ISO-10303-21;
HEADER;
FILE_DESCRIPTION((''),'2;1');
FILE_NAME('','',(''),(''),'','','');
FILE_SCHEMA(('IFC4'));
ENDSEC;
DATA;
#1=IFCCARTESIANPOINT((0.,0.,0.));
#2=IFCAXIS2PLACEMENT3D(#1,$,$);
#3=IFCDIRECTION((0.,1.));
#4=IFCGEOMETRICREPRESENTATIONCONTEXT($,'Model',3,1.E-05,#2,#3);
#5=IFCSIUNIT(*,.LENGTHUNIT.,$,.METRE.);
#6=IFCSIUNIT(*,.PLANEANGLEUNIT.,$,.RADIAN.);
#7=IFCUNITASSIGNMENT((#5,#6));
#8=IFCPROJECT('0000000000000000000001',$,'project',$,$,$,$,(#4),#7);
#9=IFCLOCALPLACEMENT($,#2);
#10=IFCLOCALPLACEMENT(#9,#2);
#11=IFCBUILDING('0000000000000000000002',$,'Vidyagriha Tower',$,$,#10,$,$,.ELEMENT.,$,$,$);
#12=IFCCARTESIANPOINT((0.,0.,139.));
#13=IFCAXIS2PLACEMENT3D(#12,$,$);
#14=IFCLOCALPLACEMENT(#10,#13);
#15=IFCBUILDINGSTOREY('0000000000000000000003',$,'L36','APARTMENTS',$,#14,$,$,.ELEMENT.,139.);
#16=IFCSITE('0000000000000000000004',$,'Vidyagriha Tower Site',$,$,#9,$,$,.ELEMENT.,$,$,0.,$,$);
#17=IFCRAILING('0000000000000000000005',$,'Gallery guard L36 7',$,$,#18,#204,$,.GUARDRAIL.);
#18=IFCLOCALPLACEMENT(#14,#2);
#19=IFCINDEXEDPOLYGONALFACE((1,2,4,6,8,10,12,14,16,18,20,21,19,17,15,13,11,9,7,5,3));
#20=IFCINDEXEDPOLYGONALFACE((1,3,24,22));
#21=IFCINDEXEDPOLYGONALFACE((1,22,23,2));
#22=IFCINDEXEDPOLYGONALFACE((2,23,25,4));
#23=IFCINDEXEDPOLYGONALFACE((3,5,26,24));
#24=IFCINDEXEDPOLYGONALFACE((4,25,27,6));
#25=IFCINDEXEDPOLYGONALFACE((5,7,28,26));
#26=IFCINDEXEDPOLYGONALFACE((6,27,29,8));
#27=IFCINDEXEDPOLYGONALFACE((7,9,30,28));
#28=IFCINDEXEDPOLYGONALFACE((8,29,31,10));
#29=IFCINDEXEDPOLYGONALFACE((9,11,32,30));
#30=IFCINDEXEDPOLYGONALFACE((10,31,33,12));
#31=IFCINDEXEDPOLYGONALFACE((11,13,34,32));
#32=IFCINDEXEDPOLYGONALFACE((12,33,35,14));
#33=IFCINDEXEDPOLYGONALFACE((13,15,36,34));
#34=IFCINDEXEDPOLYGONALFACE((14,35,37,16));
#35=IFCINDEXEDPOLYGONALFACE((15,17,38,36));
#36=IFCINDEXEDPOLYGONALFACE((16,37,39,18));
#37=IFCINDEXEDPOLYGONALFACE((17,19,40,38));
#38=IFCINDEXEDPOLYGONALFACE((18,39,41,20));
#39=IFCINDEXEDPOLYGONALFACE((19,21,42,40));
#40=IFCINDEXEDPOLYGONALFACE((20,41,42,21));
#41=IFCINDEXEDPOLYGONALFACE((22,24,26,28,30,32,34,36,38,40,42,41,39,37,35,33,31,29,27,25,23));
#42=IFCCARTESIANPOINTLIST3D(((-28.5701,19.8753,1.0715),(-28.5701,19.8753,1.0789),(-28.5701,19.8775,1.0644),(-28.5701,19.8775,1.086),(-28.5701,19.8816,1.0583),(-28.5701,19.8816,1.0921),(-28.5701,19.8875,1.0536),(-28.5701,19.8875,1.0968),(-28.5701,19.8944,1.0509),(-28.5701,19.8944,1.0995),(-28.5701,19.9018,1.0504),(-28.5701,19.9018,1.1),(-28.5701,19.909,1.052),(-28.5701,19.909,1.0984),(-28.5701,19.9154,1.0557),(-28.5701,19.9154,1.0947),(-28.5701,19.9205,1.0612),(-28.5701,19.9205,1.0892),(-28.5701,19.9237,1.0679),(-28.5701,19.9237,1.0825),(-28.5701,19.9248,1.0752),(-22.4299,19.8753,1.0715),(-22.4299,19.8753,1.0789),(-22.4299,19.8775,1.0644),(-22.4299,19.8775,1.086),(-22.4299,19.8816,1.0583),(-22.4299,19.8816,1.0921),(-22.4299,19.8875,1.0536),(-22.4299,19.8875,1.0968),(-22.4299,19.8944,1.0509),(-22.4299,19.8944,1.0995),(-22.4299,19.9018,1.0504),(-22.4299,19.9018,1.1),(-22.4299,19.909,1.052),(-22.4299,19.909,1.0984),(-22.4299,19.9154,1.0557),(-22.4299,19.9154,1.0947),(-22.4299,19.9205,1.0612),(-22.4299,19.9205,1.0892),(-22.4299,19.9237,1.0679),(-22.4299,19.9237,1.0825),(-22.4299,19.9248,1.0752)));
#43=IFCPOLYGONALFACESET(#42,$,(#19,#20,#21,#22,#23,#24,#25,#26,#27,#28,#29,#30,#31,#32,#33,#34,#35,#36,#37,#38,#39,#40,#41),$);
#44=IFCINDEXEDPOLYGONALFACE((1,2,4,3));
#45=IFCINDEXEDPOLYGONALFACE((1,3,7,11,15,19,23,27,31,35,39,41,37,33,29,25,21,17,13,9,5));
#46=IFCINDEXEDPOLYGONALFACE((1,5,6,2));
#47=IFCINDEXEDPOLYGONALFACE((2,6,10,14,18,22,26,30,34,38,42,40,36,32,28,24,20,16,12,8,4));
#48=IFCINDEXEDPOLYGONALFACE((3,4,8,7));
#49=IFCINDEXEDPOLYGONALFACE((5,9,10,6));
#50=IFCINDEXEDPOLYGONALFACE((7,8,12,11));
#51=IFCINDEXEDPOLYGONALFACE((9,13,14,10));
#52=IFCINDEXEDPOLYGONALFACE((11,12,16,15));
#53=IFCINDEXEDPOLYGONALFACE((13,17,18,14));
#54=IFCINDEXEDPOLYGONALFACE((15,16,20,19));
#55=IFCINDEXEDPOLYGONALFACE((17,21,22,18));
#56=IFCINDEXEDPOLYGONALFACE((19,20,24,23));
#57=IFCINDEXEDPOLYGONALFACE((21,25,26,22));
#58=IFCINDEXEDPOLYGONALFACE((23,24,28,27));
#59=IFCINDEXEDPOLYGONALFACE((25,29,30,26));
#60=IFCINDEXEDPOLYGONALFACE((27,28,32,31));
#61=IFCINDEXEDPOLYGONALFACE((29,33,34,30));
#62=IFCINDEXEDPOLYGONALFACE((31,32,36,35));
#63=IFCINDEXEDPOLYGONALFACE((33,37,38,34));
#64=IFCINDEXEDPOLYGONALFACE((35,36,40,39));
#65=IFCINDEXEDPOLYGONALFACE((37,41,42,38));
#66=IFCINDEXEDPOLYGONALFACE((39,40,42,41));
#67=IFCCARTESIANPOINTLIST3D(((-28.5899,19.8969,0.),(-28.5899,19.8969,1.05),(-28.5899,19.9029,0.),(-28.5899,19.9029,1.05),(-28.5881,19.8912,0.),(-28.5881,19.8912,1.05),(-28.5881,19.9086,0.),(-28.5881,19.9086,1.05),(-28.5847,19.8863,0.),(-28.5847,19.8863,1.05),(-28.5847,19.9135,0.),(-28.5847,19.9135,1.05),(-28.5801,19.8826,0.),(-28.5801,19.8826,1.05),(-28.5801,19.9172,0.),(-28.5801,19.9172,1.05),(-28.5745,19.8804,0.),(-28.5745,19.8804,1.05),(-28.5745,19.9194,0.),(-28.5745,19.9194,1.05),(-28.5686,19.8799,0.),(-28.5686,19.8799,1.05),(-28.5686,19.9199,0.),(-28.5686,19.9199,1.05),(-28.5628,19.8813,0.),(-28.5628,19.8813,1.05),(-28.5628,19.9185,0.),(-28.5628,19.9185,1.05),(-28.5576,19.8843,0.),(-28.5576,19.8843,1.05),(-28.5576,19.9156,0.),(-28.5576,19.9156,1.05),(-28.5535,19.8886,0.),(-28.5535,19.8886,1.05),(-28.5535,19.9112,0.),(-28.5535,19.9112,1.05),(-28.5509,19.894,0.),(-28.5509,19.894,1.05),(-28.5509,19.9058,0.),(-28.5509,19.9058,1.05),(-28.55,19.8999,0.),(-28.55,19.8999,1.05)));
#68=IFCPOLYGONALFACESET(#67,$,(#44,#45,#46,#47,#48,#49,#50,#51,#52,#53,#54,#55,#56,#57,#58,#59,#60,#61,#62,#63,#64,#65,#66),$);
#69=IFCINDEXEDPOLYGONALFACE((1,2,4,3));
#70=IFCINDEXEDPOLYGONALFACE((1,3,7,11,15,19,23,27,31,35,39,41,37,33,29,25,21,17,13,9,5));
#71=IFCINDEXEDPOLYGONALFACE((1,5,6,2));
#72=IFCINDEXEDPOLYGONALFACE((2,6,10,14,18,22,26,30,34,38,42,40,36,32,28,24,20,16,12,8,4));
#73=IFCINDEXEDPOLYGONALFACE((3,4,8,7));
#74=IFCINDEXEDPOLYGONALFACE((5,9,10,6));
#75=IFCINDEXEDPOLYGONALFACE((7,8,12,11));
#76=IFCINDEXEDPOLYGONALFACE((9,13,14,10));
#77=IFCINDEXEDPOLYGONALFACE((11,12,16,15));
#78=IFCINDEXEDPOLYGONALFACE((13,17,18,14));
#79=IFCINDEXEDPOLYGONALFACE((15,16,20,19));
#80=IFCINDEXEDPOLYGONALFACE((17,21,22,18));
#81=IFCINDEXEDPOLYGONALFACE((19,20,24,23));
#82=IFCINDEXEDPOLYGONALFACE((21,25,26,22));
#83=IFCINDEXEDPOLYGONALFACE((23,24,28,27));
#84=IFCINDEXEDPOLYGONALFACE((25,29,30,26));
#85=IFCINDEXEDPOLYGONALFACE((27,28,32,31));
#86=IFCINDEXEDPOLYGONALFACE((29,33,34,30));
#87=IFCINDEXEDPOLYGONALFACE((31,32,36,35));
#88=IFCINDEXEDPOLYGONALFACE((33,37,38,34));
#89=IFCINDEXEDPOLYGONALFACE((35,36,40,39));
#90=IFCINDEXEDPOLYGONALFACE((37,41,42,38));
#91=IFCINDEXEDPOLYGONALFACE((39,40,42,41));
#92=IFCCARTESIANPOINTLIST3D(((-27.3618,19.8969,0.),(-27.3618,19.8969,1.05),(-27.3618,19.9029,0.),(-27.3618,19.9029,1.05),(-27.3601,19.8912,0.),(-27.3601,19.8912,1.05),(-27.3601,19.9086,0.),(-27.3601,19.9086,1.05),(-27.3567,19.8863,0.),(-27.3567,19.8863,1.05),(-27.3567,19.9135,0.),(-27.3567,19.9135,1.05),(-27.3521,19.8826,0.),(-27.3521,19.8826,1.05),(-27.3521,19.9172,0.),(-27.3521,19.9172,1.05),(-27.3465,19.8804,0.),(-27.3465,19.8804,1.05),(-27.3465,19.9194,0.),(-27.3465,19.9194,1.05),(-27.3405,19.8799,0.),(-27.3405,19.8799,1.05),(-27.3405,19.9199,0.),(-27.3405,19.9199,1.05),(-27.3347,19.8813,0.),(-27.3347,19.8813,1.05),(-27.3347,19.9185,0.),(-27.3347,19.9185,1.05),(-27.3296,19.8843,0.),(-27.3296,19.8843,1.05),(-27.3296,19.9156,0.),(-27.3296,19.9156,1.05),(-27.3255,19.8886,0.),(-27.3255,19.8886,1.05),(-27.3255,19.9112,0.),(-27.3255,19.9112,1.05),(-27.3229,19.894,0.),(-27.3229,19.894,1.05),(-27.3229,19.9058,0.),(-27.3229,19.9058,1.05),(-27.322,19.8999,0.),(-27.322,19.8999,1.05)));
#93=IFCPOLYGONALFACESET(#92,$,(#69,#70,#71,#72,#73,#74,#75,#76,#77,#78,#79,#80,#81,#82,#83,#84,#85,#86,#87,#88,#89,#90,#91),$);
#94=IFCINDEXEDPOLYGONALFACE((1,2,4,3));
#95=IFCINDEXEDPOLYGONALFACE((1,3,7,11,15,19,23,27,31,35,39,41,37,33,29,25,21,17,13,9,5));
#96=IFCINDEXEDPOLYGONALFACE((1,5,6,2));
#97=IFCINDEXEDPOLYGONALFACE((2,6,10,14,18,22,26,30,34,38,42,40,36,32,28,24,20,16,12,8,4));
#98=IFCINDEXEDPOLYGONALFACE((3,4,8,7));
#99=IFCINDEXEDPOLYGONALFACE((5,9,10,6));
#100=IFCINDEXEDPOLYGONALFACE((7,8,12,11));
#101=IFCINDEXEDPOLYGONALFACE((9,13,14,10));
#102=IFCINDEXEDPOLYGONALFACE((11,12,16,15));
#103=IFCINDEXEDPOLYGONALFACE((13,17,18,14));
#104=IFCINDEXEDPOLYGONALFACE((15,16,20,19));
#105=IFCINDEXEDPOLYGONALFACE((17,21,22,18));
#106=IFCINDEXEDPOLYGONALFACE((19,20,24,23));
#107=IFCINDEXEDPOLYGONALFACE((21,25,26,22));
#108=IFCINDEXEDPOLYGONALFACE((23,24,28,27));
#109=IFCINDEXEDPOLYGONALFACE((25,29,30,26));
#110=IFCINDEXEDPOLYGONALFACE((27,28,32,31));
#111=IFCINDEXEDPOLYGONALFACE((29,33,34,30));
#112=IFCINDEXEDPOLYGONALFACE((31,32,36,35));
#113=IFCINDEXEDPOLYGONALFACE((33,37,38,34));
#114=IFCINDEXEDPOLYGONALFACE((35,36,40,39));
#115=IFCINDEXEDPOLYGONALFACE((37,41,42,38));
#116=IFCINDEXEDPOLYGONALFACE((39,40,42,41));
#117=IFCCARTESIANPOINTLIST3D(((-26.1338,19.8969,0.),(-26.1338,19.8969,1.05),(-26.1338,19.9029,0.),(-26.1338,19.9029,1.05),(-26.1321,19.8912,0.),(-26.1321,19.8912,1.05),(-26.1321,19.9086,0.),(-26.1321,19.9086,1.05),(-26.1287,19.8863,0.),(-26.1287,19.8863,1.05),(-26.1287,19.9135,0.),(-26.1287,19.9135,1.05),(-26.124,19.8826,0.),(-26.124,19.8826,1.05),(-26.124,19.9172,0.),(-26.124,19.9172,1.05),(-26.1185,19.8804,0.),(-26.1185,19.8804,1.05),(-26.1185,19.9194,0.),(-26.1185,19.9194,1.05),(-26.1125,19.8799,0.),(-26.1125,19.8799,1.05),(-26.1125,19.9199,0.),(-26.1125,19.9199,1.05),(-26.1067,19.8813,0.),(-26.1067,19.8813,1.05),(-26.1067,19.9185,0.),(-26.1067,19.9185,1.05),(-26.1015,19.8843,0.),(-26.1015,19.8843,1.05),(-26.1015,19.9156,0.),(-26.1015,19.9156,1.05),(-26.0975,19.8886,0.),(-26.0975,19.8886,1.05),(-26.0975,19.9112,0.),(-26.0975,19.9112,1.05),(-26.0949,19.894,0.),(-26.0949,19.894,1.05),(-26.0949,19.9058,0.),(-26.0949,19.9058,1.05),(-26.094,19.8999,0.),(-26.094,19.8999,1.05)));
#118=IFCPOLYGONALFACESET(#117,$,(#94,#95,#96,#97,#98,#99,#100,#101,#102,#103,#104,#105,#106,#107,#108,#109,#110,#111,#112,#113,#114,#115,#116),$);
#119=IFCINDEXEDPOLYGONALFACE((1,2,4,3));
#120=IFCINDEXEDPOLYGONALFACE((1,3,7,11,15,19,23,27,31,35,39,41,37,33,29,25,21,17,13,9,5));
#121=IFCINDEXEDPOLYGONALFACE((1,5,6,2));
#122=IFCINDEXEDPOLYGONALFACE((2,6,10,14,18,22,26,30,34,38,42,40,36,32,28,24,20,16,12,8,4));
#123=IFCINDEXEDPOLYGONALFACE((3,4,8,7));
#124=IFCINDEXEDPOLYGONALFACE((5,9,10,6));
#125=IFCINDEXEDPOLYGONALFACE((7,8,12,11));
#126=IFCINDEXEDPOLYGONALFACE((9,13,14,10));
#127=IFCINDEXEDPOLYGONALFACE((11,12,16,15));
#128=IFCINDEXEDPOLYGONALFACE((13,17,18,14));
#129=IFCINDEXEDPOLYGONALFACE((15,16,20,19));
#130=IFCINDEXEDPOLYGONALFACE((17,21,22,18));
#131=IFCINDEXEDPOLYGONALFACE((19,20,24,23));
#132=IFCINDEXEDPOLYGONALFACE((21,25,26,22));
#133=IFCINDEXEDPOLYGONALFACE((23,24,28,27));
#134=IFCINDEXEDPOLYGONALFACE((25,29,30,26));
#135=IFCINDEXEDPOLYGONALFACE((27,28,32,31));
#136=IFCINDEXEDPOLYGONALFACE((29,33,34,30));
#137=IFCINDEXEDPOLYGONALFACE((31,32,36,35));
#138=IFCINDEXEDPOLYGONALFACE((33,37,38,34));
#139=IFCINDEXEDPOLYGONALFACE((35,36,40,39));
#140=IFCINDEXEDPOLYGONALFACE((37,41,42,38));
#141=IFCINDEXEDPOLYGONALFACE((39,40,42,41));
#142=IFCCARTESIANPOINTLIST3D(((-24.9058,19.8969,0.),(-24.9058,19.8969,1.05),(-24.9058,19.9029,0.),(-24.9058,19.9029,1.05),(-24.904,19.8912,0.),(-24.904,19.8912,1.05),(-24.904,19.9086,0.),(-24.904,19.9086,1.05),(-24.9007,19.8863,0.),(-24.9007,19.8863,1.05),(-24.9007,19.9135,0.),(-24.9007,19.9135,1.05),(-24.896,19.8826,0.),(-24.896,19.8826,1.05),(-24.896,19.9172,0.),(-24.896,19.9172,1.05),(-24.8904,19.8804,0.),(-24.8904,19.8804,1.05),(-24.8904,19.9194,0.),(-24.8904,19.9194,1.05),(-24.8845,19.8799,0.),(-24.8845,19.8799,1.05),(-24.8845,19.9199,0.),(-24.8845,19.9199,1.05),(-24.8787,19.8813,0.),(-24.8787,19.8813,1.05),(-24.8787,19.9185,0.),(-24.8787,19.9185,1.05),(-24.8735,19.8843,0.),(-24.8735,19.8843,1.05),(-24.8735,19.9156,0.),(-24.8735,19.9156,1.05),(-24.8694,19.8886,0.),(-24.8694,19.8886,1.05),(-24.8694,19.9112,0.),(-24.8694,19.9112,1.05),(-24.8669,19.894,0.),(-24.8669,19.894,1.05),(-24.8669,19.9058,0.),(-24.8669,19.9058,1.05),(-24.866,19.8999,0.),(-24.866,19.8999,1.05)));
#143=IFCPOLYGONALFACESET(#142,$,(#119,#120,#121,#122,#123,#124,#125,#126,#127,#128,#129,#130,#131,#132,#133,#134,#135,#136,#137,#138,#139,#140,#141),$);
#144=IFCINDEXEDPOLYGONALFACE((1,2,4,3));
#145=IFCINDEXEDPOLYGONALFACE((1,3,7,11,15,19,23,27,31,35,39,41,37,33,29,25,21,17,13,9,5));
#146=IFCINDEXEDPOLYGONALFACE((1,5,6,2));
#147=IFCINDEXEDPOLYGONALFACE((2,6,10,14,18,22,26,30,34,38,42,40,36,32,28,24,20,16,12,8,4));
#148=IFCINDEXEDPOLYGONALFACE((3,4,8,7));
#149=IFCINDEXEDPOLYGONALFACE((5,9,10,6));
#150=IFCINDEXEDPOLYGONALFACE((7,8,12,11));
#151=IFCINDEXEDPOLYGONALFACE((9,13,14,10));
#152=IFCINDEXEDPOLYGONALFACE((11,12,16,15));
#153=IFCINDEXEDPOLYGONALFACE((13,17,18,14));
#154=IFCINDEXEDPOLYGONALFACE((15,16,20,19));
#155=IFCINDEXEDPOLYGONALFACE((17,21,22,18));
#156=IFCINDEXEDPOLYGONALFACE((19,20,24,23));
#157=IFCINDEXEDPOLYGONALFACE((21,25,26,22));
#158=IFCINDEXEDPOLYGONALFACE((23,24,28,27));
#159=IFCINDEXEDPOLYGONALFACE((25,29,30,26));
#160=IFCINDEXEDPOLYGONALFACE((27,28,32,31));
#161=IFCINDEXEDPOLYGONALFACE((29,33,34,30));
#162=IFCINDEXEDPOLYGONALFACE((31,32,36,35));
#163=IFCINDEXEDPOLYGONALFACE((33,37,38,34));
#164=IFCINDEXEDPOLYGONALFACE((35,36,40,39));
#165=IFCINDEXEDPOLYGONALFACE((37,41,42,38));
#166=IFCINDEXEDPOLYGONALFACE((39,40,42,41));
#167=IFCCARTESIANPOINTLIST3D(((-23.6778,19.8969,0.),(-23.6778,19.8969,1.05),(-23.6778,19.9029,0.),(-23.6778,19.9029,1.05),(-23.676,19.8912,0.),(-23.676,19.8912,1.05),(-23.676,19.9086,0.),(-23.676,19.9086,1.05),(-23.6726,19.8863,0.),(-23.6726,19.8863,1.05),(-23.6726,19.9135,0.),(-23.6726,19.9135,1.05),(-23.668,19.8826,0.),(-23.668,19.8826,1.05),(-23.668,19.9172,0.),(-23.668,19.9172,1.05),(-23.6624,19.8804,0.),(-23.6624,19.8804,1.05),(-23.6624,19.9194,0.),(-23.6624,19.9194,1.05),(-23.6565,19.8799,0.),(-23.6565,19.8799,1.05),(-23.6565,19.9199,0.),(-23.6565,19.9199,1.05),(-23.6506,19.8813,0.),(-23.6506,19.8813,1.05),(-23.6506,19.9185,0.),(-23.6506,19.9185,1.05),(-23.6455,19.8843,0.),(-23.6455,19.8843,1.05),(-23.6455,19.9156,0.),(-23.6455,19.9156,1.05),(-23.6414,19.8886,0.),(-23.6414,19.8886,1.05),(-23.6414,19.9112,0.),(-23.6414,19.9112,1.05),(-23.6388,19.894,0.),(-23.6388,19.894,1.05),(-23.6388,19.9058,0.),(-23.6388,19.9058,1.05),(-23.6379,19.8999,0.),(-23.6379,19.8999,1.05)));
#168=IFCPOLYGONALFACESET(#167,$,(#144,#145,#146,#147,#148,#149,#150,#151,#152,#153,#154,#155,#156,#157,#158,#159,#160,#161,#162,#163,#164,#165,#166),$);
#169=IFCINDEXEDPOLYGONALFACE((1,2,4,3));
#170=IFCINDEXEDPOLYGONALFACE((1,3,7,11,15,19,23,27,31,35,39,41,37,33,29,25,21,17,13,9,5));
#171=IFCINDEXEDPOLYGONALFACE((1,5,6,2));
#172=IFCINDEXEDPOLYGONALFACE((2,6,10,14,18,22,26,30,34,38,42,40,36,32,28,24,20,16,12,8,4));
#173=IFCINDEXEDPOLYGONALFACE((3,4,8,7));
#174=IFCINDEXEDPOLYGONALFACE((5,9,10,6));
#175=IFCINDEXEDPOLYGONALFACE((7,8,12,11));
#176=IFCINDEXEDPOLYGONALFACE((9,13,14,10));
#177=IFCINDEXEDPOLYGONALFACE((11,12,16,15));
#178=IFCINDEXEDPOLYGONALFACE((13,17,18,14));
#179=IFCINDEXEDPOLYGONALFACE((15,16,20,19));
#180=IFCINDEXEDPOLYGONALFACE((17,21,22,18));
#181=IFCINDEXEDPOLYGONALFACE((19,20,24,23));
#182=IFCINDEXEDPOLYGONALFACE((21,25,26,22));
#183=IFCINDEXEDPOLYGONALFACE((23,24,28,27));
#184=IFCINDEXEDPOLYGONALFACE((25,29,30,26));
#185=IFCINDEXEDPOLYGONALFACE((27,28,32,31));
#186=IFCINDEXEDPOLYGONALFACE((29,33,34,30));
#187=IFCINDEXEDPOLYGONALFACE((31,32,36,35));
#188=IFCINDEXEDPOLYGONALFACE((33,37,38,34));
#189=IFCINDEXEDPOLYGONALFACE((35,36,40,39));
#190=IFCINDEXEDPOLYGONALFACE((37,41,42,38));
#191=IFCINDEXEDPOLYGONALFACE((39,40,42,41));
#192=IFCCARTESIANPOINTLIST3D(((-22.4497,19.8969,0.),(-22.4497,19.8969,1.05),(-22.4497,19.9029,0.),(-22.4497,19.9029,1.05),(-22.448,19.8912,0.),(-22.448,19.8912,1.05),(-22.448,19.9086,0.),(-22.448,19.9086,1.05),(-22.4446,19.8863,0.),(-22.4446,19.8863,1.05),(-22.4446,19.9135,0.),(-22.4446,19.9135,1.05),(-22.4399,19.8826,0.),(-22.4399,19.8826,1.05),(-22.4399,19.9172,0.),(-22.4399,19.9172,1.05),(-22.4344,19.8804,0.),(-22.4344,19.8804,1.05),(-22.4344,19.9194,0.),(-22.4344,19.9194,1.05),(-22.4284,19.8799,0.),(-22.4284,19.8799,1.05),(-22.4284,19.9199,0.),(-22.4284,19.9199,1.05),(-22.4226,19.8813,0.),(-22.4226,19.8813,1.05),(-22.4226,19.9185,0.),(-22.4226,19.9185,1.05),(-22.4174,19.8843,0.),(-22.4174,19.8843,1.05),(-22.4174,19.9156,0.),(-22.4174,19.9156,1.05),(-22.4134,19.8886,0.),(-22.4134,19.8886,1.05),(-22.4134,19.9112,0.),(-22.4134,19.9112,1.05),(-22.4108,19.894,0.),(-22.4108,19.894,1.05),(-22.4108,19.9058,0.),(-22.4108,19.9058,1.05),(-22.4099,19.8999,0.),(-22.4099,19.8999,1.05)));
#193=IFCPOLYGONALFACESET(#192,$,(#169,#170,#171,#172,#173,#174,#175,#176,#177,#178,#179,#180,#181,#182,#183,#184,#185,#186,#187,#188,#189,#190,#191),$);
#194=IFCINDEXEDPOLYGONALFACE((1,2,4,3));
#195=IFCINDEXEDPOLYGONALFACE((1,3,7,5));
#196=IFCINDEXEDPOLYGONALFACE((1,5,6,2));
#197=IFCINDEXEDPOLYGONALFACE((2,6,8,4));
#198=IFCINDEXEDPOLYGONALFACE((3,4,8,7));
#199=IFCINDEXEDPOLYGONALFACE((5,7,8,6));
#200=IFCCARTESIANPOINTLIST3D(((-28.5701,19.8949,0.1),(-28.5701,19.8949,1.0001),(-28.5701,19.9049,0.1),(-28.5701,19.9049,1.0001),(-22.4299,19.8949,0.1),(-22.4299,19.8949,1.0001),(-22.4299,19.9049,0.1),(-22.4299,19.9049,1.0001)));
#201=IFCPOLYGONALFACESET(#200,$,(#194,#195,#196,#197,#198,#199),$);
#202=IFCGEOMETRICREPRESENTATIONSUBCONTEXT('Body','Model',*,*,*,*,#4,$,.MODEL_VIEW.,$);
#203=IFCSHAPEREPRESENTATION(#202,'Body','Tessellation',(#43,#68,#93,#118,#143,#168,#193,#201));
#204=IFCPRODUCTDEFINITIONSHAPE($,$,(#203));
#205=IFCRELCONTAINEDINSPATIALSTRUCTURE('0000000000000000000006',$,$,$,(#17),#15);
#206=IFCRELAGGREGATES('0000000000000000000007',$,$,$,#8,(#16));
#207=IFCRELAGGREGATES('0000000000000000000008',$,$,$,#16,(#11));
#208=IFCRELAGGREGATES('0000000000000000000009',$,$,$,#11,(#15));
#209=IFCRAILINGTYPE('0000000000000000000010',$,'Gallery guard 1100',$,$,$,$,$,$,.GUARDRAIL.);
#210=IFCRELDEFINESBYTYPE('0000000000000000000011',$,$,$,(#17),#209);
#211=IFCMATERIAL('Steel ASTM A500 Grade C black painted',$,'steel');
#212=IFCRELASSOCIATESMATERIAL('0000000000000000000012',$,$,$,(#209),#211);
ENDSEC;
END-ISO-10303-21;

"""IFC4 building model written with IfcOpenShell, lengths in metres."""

from ifc_helpers import new_model, si_unit, direction, frame, origin, origin_2d, place, context, subcontext, project, spatial, rectangle, circle, extrude, material, type_object, element, save


model = new_model("IFC4")

# Units and contexts
model_context = context("Model", 3, precision=1e-05, world=origin(), true_north=direction((0.0, 1.0)))
body_context = subcontext(model_context, "Body", "Model", "MODEL_VIEW")
ifc_project = project(units=[si_unit("LENGTHUNIT", "METRE"), si_unit("PLANEANGLEUNIT", "RADIAN")], contexts=[model_context])

# Site, building, storey
site_placement = place(None, origin())
site = spatial("IfcSite", under=ifc_project, at=site_placement, Name="Vidyagriha Tower Site", CompositionType="ELEMENT", RefElevation=0.0)
building_placement = place(site_placement, origin())
building = spatial("IfcBuilding", under=site, at=building_placement, Name="Vidyagriha Tower", CompositionType="ELEMENT")
storey_placement = place(building_placement, frame((0.0, 0.0, 139.0)))
storey = spatial("IfcBuildingStorey", under=building, at=storey_placement, Name="L36", Description="APARTMENTS", CompositionType="ELEMENT", Elevation=139.0)

# Railing
ifc_material_1 = material(Name="Steel ASTM A500 Grade C black painted", Category="steel")
railing_type = type_object("IfcRailingType", Name="Gallery guard 1100", PredefinedType="GUARDRAIL", material=ifc_material_1)
railing_1_placement = place(storey_placement, frame((-28.5701, 19.8999, 0.0)))
element("IfcRailing", 1, at=railing_1_placement, inside=storey, type_object=railing_type, Name="Gallery guard L36 7", PredefinedType="GUARDRAIL", context=body_context, shape_type="SweptSolid", body=[
    extrude(circle(Radius=0.0249, at=origin_2d()), frame((0.0, 0.0, 1.0752), z_axis=(1.0, 0.0, 0.0), x_axis=(0.0, 1.0, 0.0)), (0.0, 0.0, 1.0), 6.1401),
    extrude(circle(Radius=0.02, at=origin_2d()), origin(), (0.0, 0.0, 1.0), 1.05),
    extrude(circle(Radius=0.02, at=origin_2d()), frame((1.228, 0.0, 0.0)), (0.0, 0.0, 1.0), 1.05),
    extrude(circle(Radius=0.02, at=origin_2d()), frame((2.4561, 0.0, 0.0)), (0.0, 0.0, 1.0), 1.05),
    extrude(circle(Radius=0.02, at=origin_2d()), frame((3.6841, 0.0, 0.0)), (0.0, 0.0, 1.0), 1.05),
    extrude(circle(Radius=0.02, at=origin_2d()), frame((4.9121, 0.0, 0.0)), (0.0, 0.0, 1.0), 1.05),
    extrude(circle(Radius=0.02, at=origin_2d()), frame((6.1401, 0.0, 0.0)), (0.0, 0.0, 1.0), 1.05),
    extrude(rectangle(XDim=0.01, YDim=0.9001, at=origin_2d()), frame((0.0, 0.0, 0.55), z_axis=(1.0, 0.0, 0.0), x_axis=(0.0, 1.0, 0.0)), (0.0, 0.0, 1.0), 6.1401),
])

save(model, "model.ifc")
